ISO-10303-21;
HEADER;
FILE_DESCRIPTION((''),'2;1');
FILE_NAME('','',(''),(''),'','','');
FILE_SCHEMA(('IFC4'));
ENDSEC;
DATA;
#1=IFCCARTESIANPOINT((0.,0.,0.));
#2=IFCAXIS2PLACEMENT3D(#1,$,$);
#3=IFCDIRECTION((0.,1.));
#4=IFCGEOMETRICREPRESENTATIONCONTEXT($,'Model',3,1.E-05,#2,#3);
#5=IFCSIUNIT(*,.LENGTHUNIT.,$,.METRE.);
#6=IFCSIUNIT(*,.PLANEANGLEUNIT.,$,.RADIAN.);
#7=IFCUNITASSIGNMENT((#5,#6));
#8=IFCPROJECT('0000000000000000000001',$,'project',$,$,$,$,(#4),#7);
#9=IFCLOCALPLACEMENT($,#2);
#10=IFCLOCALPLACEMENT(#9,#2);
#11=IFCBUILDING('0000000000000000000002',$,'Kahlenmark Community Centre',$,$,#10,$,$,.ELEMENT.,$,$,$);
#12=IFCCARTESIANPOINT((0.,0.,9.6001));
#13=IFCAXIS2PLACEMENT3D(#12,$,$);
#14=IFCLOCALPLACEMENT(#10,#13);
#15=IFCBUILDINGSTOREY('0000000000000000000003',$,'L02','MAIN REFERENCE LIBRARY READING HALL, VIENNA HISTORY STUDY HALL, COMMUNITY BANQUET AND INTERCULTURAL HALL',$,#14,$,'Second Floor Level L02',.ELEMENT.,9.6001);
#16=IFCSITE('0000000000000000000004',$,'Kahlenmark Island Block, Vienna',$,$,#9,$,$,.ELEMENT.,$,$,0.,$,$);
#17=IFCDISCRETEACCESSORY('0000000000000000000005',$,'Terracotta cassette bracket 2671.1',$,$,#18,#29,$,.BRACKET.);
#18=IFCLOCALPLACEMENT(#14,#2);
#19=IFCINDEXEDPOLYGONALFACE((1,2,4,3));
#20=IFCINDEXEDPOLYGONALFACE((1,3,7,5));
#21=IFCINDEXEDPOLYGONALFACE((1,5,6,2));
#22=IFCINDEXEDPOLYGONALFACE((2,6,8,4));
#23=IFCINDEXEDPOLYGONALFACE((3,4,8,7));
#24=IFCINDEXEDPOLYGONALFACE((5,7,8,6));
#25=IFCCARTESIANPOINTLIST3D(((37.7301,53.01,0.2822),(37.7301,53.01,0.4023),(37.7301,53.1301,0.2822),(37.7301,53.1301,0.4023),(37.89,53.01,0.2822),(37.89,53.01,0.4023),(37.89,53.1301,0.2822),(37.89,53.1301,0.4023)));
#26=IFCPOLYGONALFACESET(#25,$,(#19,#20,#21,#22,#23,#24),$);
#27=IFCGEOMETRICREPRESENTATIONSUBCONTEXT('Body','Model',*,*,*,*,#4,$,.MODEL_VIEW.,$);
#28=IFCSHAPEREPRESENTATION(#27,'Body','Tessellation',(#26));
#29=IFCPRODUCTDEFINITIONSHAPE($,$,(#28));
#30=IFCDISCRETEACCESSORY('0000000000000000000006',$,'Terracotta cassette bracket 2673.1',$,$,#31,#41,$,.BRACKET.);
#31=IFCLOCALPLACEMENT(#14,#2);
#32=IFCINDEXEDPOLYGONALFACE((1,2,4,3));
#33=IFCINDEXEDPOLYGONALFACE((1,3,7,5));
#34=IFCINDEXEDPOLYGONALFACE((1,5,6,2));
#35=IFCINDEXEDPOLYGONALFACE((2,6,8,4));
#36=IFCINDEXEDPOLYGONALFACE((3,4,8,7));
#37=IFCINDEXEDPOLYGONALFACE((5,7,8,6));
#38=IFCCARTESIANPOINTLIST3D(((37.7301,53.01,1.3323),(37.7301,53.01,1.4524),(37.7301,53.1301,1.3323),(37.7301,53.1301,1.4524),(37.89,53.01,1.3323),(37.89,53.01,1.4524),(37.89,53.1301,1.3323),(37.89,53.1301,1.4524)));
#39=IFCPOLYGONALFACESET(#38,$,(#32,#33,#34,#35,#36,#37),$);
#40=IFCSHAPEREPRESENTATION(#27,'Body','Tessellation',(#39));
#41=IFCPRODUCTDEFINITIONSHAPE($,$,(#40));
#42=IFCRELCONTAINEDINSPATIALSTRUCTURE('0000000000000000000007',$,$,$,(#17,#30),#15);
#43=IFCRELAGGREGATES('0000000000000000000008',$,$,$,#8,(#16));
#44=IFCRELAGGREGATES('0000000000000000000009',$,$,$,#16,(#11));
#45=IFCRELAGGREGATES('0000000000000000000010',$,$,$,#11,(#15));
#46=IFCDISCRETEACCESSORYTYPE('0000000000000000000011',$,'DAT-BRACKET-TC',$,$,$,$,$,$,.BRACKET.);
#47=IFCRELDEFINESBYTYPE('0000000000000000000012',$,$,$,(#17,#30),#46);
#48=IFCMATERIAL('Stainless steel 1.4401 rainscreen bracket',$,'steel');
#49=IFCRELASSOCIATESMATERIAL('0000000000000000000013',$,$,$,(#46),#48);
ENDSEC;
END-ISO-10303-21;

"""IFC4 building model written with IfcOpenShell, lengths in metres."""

from ifc_helpers import new_model, si_unit, direction, frame, origin, origin_2d, place, context, subcontext, project, spatial, rectangle, extrude, material, type_object, element, save


model = new_model("IFC4")

# Units and contexts
model_context = context("Model", 3, precision=1e-05, world=origin(), true_north=direction((0.0, 1.0)))
body_context = subcontext(model_context, "Body", "Model", "MODEL_VIEW")
ifc_project = project(units=[si_unit("LENGTHUNIT", "METRE"), si_unit("PLANEANGLEUNIT", "RADIAN")], contexts=[model_context])

# Site, building, storey
site_placement = place(None, origin())
site = spatial("IfcSite", under=ifc_project, at=site_placement, Name="Kahlenmark Island Block, Vienna", CompositionType="ELEMENT", RefElevation=0.0)
building_placement = place(site_placement, origin())
building = spatial("IfcBuilding", under=site, at=building_placement, Name="Kahlenmark Community Centre", CompositionType="ELEMENT")
storey_placement = place(building_placement, frame((0.0, 0.0, 9.6001)))
storey = spatial("IfcBuildingStorey", under=building, at=storey_placement, Name="L02", Description="MAIN REFERENCE LIBRARY READING HALL, VIENNA HISTORY STUDY HALL, COMMUNITY BANQUET AND INTERCULTURAL HALL", LongName="Second Floor Level L02", CompositionType="ELEMENT", Elevation=9.6001)

# Discrete accessories
ifc_material_1 = material(Name="Stainless steel 1.4401 rainscreen bracket", Category="steel")
discrete_accessory_type = type_object("IfcDiscreteAccessoryType", Name="DAT-BRACKET-TC", PredefinedType="BRACKET", material=ifc_material_1)
for number, where, z_axis, x_axis, name in (
    (1, (37.8101, 53.0701, 0.2822), (0.0, 0.0, 1.0), (0.0, 1.0, 0.0), "Terracotta cassette bracket 2671.1"),
    (2, (37.8101, 53.0701, 1.3323), (0.0, 0.0, 1.0), (0.0, 1.0, 0.0), "Terracotta cassette bracket 2673.1"),
):
    element("IfcDiscreteAccessory", number, at=place(storey_placement, frame(where, z_axis=z_axis, x_axis=x_axis)), inside=storey, type_object=discrete_accessory_type, Name=name, PredefinedType="BRACKET", context=body_context, shape_type="SweptSolid", body=[
        extrude(rectangle(XDim=0.1201, YDim=0.1599, at=origin_2d()), origin(), (0.0, 0.0, 1.0), 0.1201),
    ])

save(model, "model.ifc")
